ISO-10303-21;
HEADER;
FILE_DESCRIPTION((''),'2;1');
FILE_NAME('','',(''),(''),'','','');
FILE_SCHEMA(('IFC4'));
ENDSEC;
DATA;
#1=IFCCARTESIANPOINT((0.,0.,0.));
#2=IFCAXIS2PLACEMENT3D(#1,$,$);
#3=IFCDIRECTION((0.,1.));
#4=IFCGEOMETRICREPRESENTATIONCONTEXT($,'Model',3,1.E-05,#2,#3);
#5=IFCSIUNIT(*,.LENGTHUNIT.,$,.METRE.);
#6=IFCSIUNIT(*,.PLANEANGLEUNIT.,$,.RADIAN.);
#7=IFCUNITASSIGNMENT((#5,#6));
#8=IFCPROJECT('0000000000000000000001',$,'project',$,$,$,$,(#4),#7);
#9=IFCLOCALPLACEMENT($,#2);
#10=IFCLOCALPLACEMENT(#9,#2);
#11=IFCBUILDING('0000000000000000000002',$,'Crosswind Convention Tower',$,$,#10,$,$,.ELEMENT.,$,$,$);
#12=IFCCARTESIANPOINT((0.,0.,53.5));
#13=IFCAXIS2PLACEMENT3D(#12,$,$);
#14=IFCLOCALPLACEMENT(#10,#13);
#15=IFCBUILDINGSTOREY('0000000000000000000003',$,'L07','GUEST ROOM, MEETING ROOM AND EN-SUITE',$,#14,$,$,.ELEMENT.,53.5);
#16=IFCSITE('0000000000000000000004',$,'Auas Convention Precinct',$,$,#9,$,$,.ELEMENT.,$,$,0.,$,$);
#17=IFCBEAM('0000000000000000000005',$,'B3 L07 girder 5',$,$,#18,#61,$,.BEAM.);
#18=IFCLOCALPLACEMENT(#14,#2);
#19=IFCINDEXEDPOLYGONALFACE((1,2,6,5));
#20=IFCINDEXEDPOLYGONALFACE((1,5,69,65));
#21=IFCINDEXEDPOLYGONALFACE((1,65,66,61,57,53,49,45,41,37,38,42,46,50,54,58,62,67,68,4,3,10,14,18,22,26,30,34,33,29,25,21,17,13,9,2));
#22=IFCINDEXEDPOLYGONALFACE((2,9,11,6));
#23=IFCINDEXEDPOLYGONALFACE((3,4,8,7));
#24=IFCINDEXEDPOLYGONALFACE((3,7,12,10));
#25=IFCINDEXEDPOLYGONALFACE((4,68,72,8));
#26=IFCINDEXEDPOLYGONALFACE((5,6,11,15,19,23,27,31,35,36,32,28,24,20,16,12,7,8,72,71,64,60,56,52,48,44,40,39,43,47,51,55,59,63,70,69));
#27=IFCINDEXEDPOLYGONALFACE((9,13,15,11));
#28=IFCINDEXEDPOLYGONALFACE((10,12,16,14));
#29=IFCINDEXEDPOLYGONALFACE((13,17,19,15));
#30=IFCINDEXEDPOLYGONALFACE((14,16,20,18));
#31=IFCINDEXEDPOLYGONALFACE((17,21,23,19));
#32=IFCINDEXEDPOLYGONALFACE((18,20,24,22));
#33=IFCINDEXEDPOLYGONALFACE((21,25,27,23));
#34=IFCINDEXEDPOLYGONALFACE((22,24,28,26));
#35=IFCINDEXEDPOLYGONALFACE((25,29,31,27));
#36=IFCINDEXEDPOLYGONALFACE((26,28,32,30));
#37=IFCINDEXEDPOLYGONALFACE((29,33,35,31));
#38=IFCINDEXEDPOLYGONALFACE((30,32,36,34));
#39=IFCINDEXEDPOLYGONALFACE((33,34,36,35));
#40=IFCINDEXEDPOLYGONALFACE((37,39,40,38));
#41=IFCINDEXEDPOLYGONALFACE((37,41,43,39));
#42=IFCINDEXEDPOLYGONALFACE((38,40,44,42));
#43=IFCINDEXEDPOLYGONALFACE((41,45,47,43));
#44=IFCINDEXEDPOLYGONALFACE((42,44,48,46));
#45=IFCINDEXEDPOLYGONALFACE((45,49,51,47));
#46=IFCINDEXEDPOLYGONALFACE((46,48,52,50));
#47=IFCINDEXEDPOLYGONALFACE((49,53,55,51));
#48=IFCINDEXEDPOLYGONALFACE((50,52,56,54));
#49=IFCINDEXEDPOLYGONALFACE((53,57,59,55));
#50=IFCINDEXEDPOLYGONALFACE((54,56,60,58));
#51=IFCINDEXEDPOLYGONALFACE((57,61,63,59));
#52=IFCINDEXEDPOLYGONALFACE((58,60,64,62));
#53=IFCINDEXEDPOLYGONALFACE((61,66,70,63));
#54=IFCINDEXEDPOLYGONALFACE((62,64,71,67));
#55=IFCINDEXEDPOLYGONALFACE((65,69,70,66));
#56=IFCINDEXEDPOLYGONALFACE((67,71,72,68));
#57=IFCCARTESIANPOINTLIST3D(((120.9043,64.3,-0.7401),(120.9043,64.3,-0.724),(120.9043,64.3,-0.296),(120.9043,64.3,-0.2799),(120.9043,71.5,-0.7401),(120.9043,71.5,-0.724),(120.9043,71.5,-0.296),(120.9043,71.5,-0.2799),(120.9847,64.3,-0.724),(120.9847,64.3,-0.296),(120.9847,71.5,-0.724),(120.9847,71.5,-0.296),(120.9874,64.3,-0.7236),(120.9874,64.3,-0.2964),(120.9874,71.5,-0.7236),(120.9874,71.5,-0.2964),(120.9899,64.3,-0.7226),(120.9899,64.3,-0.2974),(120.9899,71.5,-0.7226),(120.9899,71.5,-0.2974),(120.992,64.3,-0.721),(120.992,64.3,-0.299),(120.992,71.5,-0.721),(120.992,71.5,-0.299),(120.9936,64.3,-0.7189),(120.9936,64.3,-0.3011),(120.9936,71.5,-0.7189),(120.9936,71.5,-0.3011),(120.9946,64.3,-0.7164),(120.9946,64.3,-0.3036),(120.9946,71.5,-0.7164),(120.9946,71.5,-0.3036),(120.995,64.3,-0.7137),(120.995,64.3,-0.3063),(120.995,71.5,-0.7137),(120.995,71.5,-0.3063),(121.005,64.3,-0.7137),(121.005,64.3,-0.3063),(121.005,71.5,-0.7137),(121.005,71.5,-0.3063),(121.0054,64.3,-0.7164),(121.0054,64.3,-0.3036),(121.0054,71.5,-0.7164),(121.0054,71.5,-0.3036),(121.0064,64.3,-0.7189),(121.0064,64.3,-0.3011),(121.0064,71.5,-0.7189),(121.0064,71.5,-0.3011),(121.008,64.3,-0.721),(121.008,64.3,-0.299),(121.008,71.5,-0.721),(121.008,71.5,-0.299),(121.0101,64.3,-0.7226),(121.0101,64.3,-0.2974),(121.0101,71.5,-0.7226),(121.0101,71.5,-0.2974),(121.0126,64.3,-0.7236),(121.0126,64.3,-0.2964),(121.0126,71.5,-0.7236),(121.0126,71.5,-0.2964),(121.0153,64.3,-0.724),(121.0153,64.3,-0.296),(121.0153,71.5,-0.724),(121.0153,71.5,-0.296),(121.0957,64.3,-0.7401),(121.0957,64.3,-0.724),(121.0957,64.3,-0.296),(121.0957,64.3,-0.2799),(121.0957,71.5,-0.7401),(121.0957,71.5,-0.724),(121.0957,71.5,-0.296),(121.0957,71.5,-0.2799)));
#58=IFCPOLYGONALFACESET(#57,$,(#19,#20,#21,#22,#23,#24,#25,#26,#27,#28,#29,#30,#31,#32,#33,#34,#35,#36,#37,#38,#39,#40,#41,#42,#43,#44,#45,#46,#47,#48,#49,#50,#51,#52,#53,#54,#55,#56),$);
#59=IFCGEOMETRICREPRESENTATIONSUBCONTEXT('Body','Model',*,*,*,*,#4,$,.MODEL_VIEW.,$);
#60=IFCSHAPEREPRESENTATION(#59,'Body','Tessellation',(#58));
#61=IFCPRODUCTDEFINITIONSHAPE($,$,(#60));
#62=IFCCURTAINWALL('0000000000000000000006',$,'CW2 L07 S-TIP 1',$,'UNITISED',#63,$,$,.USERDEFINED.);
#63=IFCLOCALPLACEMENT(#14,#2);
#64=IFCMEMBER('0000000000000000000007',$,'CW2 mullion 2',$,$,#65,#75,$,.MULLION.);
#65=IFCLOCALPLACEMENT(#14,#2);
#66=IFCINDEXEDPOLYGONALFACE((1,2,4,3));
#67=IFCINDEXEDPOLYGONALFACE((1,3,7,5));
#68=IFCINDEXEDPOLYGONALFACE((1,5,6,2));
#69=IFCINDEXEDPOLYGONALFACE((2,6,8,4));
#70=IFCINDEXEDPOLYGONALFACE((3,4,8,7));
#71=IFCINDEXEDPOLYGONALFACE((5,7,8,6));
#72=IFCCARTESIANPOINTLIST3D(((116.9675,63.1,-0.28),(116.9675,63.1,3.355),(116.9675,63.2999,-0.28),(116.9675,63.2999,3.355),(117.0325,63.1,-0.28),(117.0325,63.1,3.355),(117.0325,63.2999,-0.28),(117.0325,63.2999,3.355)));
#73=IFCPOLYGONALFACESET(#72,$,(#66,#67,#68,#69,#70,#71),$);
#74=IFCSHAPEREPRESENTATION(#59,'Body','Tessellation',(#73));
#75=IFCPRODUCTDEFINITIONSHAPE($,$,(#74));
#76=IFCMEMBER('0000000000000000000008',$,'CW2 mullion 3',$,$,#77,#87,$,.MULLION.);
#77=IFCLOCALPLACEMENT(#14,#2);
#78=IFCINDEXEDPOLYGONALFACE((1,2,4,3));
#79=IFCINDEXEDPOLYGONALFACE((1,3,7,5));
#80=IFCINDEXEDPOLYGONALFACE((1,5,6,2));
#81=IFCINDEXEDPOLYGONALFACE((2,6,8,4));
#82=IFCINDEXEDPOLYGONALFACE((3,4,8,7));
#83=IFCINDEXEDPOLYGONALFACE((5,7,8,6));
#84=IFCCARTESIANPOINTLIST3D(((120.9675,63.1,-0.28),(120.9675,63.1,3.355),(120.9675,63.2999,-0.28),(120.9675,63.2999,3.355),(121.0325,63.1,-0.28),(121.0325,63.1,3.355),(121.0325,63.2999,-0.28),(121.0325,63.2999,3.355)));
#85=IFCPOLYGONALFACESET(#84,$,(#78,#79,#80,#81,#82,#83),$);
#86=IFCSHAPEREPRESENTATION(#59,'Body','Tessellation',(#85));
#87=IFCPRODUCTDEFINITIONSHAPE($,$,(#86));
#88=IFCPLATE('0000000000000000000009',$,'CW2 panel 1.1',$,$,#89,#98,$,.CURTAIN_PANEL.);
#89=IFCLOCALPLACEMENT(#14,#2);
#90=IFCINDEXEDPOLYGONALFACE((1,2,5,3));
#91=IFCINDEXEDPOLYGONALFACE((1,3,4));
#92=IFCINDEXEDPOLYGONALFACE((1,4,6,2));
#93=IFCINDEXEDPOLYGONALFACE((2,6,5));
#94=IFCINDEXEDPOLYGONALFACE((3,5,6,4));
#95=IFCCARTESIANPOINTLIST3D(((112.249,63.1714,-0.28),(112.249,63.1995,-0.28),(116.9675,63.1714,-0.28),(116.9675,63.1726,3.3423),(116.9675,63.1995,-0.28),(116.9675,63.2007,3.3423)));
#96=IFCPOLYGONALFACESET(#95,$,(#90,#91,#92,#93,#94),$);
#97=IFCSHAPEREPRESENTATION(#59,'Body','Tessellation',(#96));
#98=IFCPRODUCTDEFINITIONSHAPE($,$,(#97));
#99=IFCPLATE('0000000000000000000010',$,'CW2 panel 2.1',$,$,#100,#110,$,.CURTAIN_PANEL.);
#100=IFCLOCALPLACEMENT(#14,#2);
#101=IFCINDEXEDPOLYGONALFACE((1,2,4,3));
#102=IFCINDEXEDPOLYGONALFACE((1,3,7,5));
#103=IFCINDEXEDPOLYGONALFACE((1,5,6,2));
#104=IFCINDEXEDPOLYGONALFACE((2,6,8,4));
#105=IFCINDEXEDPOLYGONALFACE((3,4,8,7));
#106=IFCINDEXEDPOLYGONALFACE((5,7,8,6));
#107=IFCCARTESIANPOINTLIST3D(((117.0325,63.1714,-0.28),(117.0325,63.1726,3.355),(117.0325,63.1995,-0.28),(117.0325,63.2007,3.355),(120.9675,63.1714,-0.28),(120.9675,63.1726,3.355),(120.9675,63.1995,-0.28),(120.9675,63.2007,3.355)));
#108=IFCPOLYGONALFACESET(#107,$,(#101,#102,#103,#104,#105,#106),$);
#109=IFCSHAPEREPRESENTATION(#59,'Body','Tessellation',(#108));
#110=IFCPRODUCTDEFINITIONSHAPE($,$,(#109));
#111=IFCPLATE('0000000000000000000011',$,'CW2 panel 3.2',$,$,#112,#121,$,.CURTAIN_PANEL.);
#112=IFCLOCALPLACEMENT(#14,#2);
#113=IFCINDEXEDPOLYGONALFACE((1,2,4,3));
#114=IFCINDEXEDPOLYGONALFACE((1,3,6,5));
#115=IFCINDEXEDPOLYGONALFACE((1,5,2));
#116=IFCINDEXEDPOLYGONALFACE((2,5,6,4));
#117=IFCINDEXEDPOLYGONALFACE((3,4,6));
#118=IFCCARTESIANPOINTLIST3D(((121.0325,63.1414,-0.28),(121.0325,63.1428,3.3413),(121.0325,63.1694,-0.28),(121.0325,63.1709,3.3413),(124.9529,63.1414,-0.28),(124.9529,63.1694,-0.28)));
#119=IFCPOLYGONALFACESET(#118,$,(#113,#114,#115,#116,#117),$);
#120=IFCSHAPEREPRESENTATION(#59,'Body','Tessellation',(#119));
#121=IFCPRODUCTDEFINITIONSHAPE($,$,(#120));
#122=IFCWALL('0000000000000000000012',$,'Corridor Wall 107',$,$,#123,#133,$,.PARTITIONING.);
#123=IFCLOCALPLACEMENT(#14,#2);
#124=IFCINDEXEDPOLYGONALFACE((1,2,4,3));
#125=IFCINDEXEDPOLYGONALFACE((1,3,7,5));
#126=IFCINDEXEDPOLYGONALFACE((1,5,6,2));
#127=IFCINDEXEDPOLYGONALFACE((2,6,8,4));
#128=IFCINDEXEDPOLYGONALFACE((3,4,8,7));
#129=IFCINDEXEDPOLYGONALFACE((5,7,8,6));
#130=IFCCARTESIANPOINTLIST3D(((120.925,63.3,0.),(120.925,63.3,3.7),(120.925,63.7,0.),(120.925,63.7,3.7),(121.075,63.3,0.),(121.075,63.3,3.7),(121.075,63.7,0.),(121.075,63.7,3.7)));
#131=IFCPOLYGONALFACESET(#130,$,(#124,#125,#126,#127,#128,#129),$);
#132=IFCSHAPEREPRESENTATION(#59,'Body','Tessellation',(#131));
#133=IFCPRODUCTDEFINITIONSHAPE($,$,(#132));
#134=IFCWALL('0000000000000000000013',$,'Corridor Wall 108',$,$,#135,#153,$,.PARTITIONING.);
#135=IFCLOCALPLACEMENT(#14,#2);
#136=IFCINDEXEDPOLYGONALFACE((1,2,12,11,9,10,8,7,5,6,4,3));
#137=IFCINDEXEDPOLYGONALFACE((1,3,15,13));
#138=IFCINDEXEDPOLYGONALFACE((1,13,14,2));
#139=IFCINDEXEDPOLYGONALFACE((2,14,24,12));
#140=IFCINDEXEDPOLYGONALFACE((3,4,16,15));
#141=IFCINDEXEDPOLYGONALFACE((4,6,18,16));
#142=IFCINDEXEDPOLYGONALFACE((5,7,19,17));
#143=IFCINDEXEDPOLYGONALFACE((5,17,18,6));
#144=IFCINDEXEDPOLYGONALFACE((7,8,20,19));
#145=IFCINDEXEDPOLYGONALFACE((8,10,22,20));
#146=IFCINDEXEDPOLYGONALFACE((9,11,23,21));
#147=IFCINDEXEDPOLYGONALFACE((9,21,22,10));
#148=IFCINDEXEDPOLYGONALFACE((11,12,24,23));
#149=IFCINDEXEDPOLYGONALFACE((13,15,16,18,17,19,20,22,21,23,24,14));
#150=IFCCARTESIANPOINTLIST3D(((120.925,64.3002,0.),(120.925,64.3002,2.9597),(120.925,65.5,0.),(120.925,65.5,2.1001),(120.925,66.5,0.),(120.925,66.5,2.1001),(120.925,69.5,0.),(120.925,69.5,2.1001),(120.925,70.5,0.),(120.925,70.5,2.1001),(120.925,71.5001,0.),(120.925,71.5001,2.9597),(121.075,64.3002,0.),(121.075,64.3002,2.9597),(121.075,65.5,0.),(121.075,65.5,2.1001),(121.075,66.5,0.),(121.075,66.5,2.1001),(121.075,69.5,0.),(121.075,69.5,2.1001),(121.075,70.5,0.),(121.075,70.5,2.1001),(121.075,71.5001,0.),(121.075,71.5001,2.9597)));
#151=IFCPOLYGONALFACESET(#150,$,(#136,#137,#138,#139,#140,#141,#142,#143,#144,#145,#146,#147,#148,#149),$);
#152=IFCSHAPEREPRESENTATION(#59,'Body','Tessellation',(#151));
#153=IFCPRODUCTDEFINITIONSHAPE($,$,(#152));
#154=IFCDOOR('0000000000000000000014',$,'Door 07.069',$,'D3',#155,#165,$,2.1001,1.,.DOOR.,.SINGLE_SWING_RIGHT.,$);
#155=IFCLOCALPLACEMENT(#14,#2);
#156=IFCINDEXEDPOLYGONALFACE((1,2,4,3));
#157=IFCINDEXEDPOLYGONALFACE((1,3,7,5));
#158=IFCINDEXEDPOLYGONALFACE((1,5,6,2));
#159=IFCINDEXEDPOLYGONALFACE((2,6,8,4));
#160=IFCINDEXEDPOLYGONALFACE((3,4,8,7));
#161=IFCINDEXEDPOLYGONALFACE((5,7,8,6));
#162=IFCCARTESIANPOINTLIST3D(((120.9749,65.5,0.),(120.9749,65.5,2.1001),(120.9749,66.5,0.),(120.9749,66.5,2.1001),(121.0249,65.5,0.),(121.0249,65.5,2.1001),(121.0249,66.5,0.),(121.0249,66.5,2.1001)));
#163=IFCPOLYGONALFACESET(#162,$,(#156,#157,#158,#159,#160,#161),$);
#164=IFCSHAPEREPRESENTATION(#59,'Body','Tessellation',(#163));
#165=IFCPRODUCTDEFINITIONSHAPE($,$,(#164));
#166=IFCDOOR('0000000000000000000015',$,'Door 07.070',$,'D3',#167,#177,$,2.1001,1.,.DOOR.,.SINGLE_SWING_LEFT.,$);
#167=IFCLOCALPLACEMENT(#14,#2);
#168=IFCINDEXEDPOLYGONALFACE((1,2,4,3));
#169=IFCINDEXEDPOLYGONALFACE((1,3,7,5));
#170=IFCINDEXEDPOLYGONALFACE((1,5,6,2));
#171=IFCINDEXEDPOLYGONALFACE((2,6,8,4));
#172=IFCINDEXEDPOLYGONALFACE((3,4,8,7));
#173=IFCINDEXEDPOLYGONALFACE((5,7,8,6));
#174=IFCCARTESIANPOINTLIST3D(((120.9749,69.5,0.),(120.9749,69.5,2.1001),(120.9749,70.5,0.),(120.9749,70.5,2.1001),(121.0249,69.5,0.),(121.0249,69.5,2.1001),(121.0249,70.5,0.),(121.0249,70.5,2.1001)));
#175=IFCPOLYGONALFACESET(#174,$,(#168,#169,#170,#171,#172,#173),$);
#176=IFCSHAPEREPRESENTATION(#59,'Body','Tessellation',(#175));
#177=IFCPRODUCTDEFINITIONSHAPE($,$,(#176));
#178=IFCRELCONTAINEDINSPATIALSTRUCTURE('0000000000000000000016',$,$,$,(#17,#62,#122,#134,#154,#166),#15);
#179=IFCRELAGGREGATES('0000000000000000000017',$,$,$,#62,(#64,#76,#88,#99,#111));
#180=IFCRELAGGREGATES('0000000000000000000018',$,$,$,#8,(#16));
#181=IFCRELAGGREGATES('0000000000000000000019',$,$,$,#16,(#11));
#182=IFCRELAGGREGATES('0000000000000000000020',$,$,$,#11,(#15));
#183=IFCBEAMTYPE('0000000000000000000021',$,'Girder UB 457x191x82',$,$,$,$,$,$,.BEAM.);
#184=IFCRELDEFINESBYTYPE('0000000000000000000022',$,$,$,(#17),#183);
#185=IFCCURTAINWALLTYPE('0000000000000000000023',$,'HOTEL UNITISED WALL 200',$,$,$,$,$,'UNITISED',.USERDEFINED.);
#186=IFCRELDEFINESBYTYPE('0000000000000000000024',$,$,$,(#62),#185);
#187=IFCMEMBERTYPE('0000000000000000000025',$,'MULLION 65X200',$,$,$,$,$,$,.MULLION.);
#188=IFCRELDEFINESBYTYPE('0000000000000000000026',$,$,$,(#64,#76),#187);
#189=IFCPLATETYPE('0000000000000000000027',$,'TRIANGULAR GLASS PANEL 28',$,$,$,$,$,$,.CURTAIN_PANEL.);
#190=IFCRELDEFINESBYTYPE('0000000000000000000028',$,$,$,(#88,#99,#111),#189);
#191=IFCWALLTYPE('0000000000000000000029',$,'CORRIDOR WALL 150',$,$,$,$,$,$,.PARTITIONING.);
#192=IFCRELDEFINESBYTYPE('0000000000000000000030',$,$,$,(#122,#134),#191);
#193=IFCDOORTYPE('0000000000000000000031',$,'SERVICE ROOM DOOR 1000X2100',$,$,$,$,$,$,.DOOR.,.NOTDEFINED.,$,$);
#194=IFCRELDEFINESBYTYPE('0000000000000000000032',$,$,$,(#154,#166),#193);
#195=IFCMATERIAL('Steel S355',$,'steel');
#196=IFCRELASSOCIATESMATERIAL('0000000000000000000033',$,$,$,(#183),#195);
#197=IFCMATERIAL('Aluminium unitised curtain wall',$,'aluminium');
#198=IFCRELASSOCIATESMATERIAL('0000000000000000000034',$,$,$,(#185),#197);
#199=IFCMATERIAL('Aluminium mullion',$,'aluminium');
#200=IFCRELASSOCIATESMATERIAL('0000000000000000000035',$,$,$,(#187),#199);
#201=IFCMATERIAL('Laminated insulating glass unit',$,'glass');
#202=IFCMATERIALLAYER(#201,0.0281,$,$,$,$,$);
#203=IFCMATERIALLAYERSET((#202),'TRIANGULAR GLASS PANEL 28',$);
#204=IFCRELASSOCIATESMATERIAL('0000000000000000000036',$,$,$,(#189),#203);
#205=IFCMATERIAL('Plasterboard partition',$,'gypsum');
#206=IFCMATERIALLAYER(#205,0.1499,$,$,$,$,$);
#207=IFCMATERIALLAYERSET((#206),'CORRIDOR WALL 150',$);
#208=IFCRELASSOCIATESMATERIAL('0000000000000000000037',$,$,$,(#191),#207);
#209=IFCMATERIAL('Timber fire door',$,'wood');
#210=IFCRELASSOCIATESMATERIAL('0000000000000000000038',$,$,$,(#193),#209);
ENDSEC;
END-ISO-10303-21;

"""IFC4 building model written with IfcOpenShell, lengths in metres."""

from ifc_helpers import new_model, si_unit, direction, frame, frame_2d, origin, origin_2d, place, context, subcontext, project, spatial, polyline, rectangle, i_section, outline, extrude, material, layer, layer_set, material_profile, profile_set, type_object, element, fill, aggregate, save


model = new_model("IFC4")

# Units and contexts
model_context = context("Model", 3, precision=1e-05, world=origin(), true_north=direction((0.0, 1.0)))
body_context = subcontext(model_context, "Body", "Model", "MODEL_VIEW")
ifc_project = project(units=[si_unit("LENGTHUNIT", "METRE"), si_unit("PLANEANGLEUNIT", "RADIAN")], contexts=[model_context])

# Site, building, storey
site_placement = place(None, origin())
site = spatial("IfcSite", under=ifc_project, at=site_placement, Name="Auas Convention Precinct", CompositionType="ELEMENT", RefElevation=0.0)
building_placement = place(site_placement, origin())
building = spatial("IfcBuilding", under=site, at=building_placement, Name="Crosswind Convention Tower", CompositionType="ELEMENT")
storey_placement = place(building_placement, frame((0.0, 0.0, 53.5)))
storey = spatial("IfcBuildingStorey", under=building, at=storey_placement, Name="L07", Description="GUEST ROOM, MEETING ROOM AND EN-SUITE", CompositionType="ELEMENT", Elevation=53.5)

# Beam
ifc_material_1 = material(Name="Steel S355", Category="steel")
ifc_material_profile_1 = material_profile(ifc_material_1, i_section(OverallWidth=0.1914, OverallDepth=0.4602, WebThickness=0.01, FlangeThickness=0.0161, FilletRadius=0.0103, at=origin_2d()), Name="UB 457x191x82")
ifc_profile_set_1 = profile_set([ifc_material_profile_1], Name="Steel S355")
beam_type_1 = type_object("IfcBeamType", Name="Girder UB 457x191x82", PredefinedType="BEAM", material=ifc_profile_set_1)
beam_1_placement = place(storey_placement, frame((121.0, 64.3, -0.51), z_axis=(0.0, 1.0, 0.0), x_axis=(-1.0, 0.0, 0.0)))
element("IfcBeam", 1, at=beam_1_placement, inside=storey, type_object=beam_type_1, Name="B3 L07 girder 5", PredefinedType="BEAM", context=body_context, shape_type="SweptSolid", body=[
    extrude(i_section(OverallWidth=0.1914, OverallDepth=0.4602, WebThickness=0.01, FlangeThickness=0.0161, FilletRadius=0.0103, at=origin_2d()), origin(), (0.0, 0.0, 1.0), 7.2),
])

# Curtain wall, members, plates
ifc_material_2 = material(Name="Aluminium unitised curtain wall", Category="aluminium")
curtain_wall_type = type_object("IfcCurtainWallType", Name="HOTEL UNITISED WALL 200", ElementType="UNITISED", PredefinedType="USERDEFINED", material=ifc_material_2)
curtain_wall_placement = place(storey_placement, origin())
curtain_wall = element("IfcCurtainWall", 2, at=curtain_wall_placement, inside=storey, type_object=curtain_wall_type, Name="CW2 L07 S-TIP 1", ObjectType="UNITISED", PredefinedType="USERDEFINED")
ifc_material_3 = material(Name="Aluminium mullion", Category="aluminium")
ifc_material_profile_2 = material_profile(ifc_material_3, rectangle(XDim=0.2, YDim=0.0649, at=origin_2d()), Name="AL 200X65")
ifc_profile_set_2 = profile_set([ifc_material_profile_2], Name="Aluminium mullion")
member_type = type_object("IfcMemberType", Name="MULLION 65X200", PredefinedType="MULLION", material=ifc_profile_set_2)
member_1_placement = place(storey_placement, frame((117.0, 63.2, -0.28), z_axis=(0.0, 0.0, 1.0), x_axis=(0.0, -1.0, 0.0)))
member_1 = element("IfcMember", 3, at=member_1_placement, type_object=member_type, Name="CW2 mullion 2", PredefinedType="MULLION", context=body_context, shape_type="SweptSolid", body=[
    extrude(rectangle(XDim=0.2, YDim=0.0649, at=origin_2d()), origin(), (0.0, 0.0, 1.0), 3.635),
])
member_2_placement = place(storey_placement, frame((121.0, 63.2, -0.28), z_axis=(0.0, 0.0, 1.0), x_axis=(0.0, -1.0, 0.0)))
member_2 = element("IfcMember", 4, at=member_2_placement, type_object=member_type, Name="CW2 mullion 3", PredefinedType="MULLION", context=body_context, shape_type="SweptSolid", body=[
    extrude(rectangle(XDim=0.2, YDim=0.0649, at=origin_2d()), origin(), (0.0, 0.0, 1.0), 3.635),
])
ifc_material_4 = material(Name="Laminated insulating glass unit", Category="glass")
ifc_layer_1 = layer(ifc_material_4, 0.0281)
ifc_layer_set_1 = layer_set([ifc_layer_1], Name="TRIANGULAR GLASS PANEL 28")
plate_type = type_object("IfcPlateType", Name="TRIANGULAR GLASS PANEL 28", PredefinedType="CURTAIN_PANEL", material=ifc_layer_set_1)
plate_1_placement = place(storey_placement, frame((116.9675, 63.1714, -0.28), z_axis=(0.0, -1.0, 0.000337), x_axis=(0.0, 0.000337, 1.0)))
plate_1 = element("IfcPlate", 5, at=plate_1_placement, type_object=plate_type, Name="CW2 panel 1.1", PredefinedType="CURTAIN_PANEL", context=body_context, shape_type="SweptSolid", body=[
    extrude(outline(polyline([(0.0, 0.0), (3.6223, 0.0), (0.0, 4.7185), (0.0, 0.0)])), origin(), (0.0, 0.0, -1.0), 0.0281),
])
plate_2_placement = place(storey_placement, frame((117.0325, 63.1714, -0.28), z_axis=(0.0, -1.0, 0.000336), x_axis=(1.0, 0.0, 0.0)))
plate_2 = element("IfcPlate", 6, at=plate_2_placement, type_object=plate_type, Name="CW2 panel 2.1", PredefinedType="CURTAIN_PANEL", context=body_context, shape_type="SweptSolid", body=[
    extrude(outline(polyline([(0.0, 0.0), (3.9351, 0.0), (3.9351, 3.635), (0.0, 3.635), (0.0, 0.0)])), origin(), (0.0, 0.0, -1.0), 0.0281),
])
plate_3_placement = place(storey_placement, frame((121.0325, 63.1414, -0.28), z_axis=(0.0, -1.0, 0.000405), x_axis=(1.0, 0.0, 0.0)))
plate_3 = element("IfcPlate", 7, at=plate_3_placement, type_object=plate_type, Name="CW2 panel 3.2", PredefinedType="CURTAIN_PANEL", context=body_context, shape_type="SweptSolid", body=[
    extrude(outline(polyline([(0.0, 0.0), (3.9204, 0.0), (0.0, 3.6213), (0.0, 0.0)])), origin(), (0.0, 0.0, -1.0), 0.0281),
])
aggregate(curtain_wall, [member_1, member_2, plate_1, plate_2, plate_3])

# Wall
ifc_material_5 = material(Name="Plasterboard partition", Category="gypsum")
ifc_layer_2 = layer(ifc_material_5, 0.1499)
ifc_layer_set_2 = layer_set([ifc_layer_2], Name="CORRIDOR WALL 150")
wall_type_1 = type_object("IfcWallType", Name="CORRIDOR WALL 150", PredefinedType="PARTITIONING", material=ifc_layer_set_2)
wall_1_placement = place(storey_placement, frame((121.0, 63.3, 0.0), z_axis=(0.0, 0.0, 1.0), x_axis=(0.0, 1.0, 0.0)))
element("IfcWall", 8, at=wall_1_placement, inside=storey, type_object=wall_type_1, Name="Corridor Wall 107", PredefinedType="PARTITIONING", context=body_context, shape_type="SweptSolid", body=[
    extrude(rectangle(XDim=0.3999, YDim=0.1499, at=frame_2d((0.2, 0.0))), origin(), (0.0, 0.0, 1.0), 3.7),
])

# Wall, openings, doors
wall_2_placement = place(storey_placement, frame((121.0, 64.3, 0.0), z_axis=(0.0, 0.0, 1.0), x_axis=(0.0, 1.0, 0.0)))
wall_2 = element("IfcWall", 9, at=wall_2_placement, inside=storey, type_object=wall_type_1, Name="Corridor Wall 108", PredefinedType="PARTITIONING", context=body_context, shape_type="SweptSolid", body=[
    extrude(rectangle(XDim=7.2, YDim=0.1499, at=frame_2d((3.6001, 0.0))), origin(), (0.0, 0.0, 1.0), 2.9597),
])
opening_1_placement = place(wall_2_placement, frame((1.2, 0.0, 0.0)))
opening_1 = element("IfcOpeningElement", 10, at=opening_1_placement, cuts=wall_2, PredefinedType="OPENING", context=body_context, shape_type="SweptSolid", body=[
    extrude(rectangle(XDim=1.0, YDim=2.1001, at=frame_2d((0.5, 1.05))), frame((0.0, 0.085, 0.0), z_axis=(0.0, -1.0, 0.0), x_axis=(1.0, 0.0, 0.0)), (0.0, 0.0, 1.0), 0.1699),
])
opening_2_placement = place(wall_2_placement, frame((5.2, 0.0, 0.0)))
opening_2 = element("IfcOpeningElement", 11, at=opening_2_placement, cuts=wall_2, PredefinedType="OPENING", context=body_context, shape_type="SweptSolid", body=[
    extrude(rectangle(XDim=1.0, YDim=2.1001, at=frame_2d((0.5, 1.05))), frame((0.0, 0.085, 0.0), z_axis=(0.0, -1.0, 0.0), x_axis=(1.0, 0.0, 0.0)), (0.0, 0.0, 1.0), 0.1699),
])
ifc_material_6 = material(Name="Timber fire door", Category="wood")
door_type_1 = type_object("IfcDoorType", Name="SERVICE ROOM DOOR 1000X2100", OperationType="NOTDEFINED", PredefinedType="DOOR", material=ifc_material_6)
door_1_placement = place(opening_1_placement, frame((1.0, 0.0, 0.0), z_axis=(0.0, 0.0, 1.0), x_axis=(-1.0, 0.0, 0.0)))
door_1 = element("IfcDoor", 12, at=door_1_placement, inside=storey, type_object=door_type_1, Name="Door 07.069", ObjectType="D3", OperationType="SINGLE_SWING_RIGHT", OverallHeight=2.1001, OverallWidth=1.0, PredefinedType="DOOR", context=body_context, shape_type="SweptSolid", body=[
    extrude(rectangle(XDim=1.0, YDim=2.1001, at=frame_2d((0.5, 1.05))), frame((0.0, 0.0249, 0.0), z_axis=(0.0, -1.0, 0.0), x_axis=(1.0, 0.0, 0.0)), (0.0, 0.0, 1.0), 0.05),
])
fill(opening_1, door_1)
door_2_placement = place(opening_2_placement, frame((1.0, 0.0, 0.0), z_axis=(0.0, 0.0, 1.0), x_axis=(-1.0, 0.0, 0.0)))
door_2 = element("IfcDoor", 13, at=door_2_placement, inside=storey, type_object=door_type_1, Name="Door 07.070", ObjectType="D3", OperationType="SINGLE_SWING_LEFT", OverallHeight=2.1001, OverallWidth=1.0, PredefinedType="DOOR", context=body_context, shape_type="SweptSolid", body=[
    extrude(rectangle(XDim=1.0, YDim=2.1001, at=frame_2d((0.5, 1.05))), frame((0.0, 0.0249, 0.0), z_axis=(0.0, -1.0, 0.0), x_axis=(1.0, 0.0, 0.0)), (0.0, 0.0, 1.0), 0.05),
])
fill(opening_2, door_2)

save(model, "model.ifc")
